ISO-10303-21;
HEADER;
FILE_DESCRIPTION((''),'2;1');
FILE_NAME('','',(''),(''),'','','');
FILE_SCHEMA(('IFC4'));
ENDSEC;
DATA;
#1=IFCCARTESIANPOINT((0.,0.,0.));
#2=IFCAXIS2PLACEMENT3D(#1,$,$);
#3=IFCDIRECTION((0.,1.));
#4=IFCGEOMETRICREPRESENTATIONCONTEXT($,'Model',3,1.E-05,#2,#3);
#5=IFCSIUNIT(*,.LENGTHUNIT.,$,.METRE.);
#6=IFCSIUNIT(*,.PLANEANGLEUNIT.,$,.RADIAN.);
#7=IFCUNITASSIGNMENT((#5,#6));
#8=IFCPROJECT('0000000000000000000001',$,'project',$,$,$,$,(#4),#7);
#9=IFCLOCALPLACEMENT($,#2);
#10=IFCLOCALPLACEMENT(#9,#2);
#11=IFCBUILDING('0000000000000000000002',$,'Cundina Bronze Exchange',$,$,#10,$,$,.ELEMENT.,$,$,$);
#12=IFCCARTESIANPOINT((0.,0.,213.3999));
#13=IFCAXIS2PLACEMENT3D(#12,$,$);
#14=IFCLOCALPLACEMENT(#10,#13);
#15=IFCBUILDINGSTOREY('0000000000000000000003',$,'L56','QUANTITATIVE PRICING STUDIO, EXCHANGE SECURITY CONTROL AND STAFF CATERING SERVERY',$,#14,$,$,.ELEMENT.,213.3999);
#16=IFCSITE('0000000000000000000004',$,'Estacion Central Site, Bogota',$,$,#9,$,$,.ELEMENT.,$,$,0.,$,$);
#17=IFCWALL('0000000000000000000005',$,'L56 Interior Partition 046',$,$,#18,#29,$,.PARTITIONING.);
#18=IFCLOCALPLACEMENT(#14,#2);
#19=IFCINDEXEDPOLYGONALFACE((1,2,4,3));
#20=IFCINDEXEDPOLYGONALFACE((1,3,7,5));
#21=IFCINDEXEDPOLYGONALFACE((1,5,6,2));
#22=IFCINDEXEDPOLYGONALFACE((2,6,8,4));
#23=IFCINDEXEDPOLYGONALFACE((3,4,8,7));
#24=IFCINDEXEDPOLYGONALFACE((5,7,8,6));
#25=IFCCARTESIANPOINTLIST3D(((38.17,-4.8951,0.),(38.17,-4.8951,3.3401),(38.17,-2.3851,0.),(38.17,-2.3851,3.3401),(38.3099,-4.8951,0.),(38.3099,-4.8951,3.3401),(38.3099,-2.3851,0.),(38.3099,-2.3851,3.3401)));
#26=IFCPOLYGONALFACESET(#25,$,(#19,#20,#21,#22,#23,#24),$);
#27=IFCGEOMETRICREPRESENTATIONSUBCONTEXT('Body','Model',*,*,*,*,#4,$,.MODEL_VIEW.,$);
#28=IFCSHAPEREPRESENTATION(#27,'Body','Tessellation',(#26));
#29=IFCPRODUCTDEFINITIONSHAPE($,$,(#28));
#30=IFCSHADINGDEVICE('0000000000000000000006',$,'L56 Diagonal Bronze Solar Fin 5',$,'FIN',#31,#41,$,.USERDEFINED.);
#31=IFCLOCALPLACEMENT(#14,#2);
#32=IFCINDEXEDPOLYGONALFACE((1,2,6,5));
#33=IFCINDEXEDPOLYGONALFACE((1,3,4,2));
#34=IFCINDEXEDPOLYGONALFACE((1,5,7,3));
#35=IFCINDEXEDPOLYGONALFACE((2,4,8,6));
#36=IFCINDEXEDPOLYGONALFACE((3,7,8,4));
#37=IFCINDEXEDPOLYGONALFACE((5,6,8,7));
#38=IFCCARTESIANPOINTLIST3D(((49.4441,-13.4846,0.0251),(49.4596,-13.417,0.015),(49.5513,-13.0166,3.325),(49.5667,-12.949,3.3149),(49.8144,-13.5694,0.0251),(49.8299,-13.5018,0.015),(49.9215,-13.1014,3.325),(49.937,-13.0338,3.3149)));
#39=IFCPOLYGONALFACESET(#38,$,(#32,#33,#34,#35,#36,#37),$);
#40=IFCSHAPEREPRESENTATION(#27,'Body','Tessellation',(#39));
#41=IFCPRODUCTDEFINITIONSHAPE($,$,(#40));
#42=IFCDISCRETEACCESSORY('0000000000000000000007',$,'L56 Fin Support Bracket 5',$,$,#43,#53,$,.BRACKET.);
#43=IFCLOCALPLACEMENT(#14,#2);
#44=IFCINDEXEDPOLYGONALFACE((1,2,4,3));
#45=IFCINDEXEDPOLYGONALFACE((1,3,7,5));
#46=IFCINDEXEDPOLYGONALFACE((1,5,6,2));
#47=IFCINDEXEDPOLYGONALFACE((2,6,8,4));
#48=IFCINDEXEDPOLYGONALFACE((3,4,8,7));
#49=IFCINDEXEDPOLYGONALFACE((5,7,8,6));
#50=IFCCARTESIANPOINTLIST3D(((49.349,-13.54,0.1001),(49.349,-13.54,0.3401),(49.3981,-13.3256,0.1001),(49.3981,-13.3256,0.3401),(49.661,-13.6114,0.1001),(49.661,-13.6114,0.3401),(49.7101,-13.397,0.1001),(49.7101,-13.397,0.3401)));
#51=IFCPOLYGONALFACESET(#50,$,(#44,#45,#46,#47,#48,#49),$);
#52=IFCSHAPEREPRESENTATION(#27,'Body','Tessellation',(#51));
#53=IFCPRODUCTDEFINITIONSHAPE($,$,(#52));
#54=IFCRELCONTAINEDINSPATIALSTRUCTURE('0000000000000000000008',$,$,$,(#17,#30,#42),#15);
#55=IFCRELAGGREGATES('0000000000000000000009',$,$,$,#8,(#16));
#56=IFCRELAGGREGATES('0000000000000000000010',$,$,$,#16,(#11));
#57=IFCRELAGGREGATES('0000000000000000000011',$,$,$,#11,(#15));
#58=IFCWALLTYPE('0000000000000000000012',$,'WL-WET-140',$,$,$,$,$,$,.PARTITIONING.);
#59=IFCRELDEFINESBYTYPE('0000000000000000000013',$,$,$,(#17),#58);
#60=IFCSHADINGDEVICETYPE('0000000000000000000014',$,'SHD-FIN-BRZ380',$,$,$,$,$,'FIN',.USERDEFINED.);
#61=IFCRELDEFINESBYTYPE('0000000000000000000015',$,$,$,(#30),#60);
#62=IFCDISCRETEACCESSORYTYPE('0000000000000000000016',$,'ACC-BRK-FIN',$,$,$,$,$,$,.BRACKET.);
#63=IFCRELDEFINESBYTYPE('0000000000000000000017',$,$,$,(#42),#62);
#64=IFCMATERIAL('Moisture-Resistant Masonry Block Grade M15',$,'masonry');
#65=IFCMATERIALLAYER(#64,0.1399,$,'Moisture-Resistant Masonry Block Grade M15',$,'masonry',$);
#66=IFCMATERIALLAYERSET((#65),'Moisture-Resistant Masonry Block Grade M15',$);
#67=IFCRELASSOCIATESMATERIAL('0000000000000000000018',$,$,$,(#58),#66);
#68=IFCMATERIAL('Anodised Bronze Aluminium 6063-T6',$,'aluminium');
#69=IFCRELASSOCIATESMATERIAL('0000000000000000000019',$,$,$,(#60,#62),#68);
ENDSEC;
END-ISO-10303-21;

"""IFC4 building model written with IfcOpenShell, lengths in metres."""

from ifc_helpers import new_model, si_unit, direction, frame, frame_2d, origin, origin_2d, place, context, subcontext, project, spatial, rectangle, extrude, material, layer, layer_set, material_profile, profile_set, type_object, element, save


model = new_model("IFC4")

# Units and contexts
model_context = context("Model", 3, precision=1e-05, world=origin(), true_north=direction((0.0, 1.0)))
body_context = subcontext(model_context, "Body", "Model", "MODEL_VIEW")
ifc_project = project(units=[si_unit("LENGTHUNIT", "METRE"), si_unit("PLANEANGLEUNIT", "RADIAN")], contexts=[model_context])

# Site, building, storey
site_placement = place(None, origin())
site = spatial("IfcSite", under=ifc_project, at=site_placement, Name="Estacion Central Site, Bogota", CompositionType="ELEMENT", RefElevation=0.0)
building_placement = place(site_placement, origin())
building = spatial("IfcBuilding", under=site, at=building_placement, Name="Cundina Bronze Exchange", CompositionType="ELEMENT")
storey_placement = place(building_placement, frame((0.0, 0.0, 213.3999)))
storey = spatial("IfcBuildingStorey", under=building, at=storey_placement, Name="L56", Description="QUANTITATIVE PRICING STUDIO, EXCHANGE SECURITY CONTROL AND STAFF CATERING SERVERY", CompositionType="ELEMENT", Elevation=213.3999)

# Shared definitions
ifc_material_1 = material(Name="Anodised Bronze Aluminium 6063-T6", Category="aluminium")

# Wall
ifc_material_2 = material(Name="Moisture-Resistant Masonry Block Grade M15", Category="masonry")
ifc_layer_1 = layer(ifc_material_2, 0.1399, Name="Moisture-Resistant Masonry Block Grade M15", Category="masonry")
ifc_layer_set_1 = layer_set([ifc_layer_1], Name="Moisture-Resistant Masonry Block Grade M15")
wall_type_1 = type_object("IfcWallType", Name="WL-WET-140", PredefinedType="PARTITIONING", material=ifc_layer_set_1)
wall_1_placement = place(storey_placement, frame((38.24, -4.895, 0.0), z_axis=(0.0, 0.0, 1.0), x_axis=(0.0, 1.0, 0.0)))
element("IfcWall", 1, at=wall_1_placement, inside=storey, type_object=wall_type_1, Name="L56 Interior Partition 046", PredefinedType="PARTITIONING", context=body_context, shape_type="SweptSolid", body=[
    extrude(rectangle(XDim=2.51, YDim=0.1399, at=frame_2d((1.2549, 0.0))), origin(), (0.0, 0.0, 1.0), 3.3401),
])

# Shading device
ifc_material_profile_1 = material_profile(ifc_material_1, rectangle(XDim=0.0701, YDim=0.3799, at=origin_2d()), Name="FIN70X380", Category="aluminium")
ifc_profile_set_1 = profile_set([ifc_material_profile_1], Name="Anodised Bronze Aluminium 6063-T6")
shading_device_type = type_object("IfcShadingDeviceType", Name="SHD-FIN-BRZ380", ElementType="FIN", PredefinedType="USERDEFINED", material=ifc_profile_set_1)
shading_device_placement = place(storey_placement, frame((49.637, -13.4932, 0.02), z_axis=(0.032139, 0.140344, 0.989581), x_axis=(-0.220899, -0.964611, 0.143977)))
element("IfcShadingDevice", 2, at=shading_device_placement, inside=storey, type_object=shading_device_type, Name="L56 Diagonal Bronze Solar Fin 5", ObjectType="FIN", PredefinedType="USERDEFINED", context=body_context, shape_type="SweptSolid", body=[
    extrude(rectangle(XDim=0.0701, YDim=0.3799, at=origin_2d()), origin(), (0.0, 0.0, 1.0), 3.3347),
])

# Discrete accessory
discrete_accessory_type = type_object("IfcDiscreteAccessoryType", Name="ACC-BRK-FIN", PredefinedType="BRACKET", material=ifc_material_1)
discrete_accessory_placement = place(storey_placement, frame((49.5295, -13.4685, 0.1001), z_axis=(0.0, 0.0, 1.0), x_axis=(0.223284, 0.974753, 0.0)))
element("IfcDiscreteAccessory", 3, at=discrete_accessory_placement, inside=storey, type_object=discrete_accessory_type, Name="L56 Fin Support Bracket 5", PredefinedType="BRACKET", context=body_context, shape_type="SweptSolid", body=[
    extrude(rectangle(XDim=0.22, YDim=0.3201, at=origin_2d()), origin(), (0.0, 0.0, 1.0), 0.24),
])

save(model, "model.ifc")
